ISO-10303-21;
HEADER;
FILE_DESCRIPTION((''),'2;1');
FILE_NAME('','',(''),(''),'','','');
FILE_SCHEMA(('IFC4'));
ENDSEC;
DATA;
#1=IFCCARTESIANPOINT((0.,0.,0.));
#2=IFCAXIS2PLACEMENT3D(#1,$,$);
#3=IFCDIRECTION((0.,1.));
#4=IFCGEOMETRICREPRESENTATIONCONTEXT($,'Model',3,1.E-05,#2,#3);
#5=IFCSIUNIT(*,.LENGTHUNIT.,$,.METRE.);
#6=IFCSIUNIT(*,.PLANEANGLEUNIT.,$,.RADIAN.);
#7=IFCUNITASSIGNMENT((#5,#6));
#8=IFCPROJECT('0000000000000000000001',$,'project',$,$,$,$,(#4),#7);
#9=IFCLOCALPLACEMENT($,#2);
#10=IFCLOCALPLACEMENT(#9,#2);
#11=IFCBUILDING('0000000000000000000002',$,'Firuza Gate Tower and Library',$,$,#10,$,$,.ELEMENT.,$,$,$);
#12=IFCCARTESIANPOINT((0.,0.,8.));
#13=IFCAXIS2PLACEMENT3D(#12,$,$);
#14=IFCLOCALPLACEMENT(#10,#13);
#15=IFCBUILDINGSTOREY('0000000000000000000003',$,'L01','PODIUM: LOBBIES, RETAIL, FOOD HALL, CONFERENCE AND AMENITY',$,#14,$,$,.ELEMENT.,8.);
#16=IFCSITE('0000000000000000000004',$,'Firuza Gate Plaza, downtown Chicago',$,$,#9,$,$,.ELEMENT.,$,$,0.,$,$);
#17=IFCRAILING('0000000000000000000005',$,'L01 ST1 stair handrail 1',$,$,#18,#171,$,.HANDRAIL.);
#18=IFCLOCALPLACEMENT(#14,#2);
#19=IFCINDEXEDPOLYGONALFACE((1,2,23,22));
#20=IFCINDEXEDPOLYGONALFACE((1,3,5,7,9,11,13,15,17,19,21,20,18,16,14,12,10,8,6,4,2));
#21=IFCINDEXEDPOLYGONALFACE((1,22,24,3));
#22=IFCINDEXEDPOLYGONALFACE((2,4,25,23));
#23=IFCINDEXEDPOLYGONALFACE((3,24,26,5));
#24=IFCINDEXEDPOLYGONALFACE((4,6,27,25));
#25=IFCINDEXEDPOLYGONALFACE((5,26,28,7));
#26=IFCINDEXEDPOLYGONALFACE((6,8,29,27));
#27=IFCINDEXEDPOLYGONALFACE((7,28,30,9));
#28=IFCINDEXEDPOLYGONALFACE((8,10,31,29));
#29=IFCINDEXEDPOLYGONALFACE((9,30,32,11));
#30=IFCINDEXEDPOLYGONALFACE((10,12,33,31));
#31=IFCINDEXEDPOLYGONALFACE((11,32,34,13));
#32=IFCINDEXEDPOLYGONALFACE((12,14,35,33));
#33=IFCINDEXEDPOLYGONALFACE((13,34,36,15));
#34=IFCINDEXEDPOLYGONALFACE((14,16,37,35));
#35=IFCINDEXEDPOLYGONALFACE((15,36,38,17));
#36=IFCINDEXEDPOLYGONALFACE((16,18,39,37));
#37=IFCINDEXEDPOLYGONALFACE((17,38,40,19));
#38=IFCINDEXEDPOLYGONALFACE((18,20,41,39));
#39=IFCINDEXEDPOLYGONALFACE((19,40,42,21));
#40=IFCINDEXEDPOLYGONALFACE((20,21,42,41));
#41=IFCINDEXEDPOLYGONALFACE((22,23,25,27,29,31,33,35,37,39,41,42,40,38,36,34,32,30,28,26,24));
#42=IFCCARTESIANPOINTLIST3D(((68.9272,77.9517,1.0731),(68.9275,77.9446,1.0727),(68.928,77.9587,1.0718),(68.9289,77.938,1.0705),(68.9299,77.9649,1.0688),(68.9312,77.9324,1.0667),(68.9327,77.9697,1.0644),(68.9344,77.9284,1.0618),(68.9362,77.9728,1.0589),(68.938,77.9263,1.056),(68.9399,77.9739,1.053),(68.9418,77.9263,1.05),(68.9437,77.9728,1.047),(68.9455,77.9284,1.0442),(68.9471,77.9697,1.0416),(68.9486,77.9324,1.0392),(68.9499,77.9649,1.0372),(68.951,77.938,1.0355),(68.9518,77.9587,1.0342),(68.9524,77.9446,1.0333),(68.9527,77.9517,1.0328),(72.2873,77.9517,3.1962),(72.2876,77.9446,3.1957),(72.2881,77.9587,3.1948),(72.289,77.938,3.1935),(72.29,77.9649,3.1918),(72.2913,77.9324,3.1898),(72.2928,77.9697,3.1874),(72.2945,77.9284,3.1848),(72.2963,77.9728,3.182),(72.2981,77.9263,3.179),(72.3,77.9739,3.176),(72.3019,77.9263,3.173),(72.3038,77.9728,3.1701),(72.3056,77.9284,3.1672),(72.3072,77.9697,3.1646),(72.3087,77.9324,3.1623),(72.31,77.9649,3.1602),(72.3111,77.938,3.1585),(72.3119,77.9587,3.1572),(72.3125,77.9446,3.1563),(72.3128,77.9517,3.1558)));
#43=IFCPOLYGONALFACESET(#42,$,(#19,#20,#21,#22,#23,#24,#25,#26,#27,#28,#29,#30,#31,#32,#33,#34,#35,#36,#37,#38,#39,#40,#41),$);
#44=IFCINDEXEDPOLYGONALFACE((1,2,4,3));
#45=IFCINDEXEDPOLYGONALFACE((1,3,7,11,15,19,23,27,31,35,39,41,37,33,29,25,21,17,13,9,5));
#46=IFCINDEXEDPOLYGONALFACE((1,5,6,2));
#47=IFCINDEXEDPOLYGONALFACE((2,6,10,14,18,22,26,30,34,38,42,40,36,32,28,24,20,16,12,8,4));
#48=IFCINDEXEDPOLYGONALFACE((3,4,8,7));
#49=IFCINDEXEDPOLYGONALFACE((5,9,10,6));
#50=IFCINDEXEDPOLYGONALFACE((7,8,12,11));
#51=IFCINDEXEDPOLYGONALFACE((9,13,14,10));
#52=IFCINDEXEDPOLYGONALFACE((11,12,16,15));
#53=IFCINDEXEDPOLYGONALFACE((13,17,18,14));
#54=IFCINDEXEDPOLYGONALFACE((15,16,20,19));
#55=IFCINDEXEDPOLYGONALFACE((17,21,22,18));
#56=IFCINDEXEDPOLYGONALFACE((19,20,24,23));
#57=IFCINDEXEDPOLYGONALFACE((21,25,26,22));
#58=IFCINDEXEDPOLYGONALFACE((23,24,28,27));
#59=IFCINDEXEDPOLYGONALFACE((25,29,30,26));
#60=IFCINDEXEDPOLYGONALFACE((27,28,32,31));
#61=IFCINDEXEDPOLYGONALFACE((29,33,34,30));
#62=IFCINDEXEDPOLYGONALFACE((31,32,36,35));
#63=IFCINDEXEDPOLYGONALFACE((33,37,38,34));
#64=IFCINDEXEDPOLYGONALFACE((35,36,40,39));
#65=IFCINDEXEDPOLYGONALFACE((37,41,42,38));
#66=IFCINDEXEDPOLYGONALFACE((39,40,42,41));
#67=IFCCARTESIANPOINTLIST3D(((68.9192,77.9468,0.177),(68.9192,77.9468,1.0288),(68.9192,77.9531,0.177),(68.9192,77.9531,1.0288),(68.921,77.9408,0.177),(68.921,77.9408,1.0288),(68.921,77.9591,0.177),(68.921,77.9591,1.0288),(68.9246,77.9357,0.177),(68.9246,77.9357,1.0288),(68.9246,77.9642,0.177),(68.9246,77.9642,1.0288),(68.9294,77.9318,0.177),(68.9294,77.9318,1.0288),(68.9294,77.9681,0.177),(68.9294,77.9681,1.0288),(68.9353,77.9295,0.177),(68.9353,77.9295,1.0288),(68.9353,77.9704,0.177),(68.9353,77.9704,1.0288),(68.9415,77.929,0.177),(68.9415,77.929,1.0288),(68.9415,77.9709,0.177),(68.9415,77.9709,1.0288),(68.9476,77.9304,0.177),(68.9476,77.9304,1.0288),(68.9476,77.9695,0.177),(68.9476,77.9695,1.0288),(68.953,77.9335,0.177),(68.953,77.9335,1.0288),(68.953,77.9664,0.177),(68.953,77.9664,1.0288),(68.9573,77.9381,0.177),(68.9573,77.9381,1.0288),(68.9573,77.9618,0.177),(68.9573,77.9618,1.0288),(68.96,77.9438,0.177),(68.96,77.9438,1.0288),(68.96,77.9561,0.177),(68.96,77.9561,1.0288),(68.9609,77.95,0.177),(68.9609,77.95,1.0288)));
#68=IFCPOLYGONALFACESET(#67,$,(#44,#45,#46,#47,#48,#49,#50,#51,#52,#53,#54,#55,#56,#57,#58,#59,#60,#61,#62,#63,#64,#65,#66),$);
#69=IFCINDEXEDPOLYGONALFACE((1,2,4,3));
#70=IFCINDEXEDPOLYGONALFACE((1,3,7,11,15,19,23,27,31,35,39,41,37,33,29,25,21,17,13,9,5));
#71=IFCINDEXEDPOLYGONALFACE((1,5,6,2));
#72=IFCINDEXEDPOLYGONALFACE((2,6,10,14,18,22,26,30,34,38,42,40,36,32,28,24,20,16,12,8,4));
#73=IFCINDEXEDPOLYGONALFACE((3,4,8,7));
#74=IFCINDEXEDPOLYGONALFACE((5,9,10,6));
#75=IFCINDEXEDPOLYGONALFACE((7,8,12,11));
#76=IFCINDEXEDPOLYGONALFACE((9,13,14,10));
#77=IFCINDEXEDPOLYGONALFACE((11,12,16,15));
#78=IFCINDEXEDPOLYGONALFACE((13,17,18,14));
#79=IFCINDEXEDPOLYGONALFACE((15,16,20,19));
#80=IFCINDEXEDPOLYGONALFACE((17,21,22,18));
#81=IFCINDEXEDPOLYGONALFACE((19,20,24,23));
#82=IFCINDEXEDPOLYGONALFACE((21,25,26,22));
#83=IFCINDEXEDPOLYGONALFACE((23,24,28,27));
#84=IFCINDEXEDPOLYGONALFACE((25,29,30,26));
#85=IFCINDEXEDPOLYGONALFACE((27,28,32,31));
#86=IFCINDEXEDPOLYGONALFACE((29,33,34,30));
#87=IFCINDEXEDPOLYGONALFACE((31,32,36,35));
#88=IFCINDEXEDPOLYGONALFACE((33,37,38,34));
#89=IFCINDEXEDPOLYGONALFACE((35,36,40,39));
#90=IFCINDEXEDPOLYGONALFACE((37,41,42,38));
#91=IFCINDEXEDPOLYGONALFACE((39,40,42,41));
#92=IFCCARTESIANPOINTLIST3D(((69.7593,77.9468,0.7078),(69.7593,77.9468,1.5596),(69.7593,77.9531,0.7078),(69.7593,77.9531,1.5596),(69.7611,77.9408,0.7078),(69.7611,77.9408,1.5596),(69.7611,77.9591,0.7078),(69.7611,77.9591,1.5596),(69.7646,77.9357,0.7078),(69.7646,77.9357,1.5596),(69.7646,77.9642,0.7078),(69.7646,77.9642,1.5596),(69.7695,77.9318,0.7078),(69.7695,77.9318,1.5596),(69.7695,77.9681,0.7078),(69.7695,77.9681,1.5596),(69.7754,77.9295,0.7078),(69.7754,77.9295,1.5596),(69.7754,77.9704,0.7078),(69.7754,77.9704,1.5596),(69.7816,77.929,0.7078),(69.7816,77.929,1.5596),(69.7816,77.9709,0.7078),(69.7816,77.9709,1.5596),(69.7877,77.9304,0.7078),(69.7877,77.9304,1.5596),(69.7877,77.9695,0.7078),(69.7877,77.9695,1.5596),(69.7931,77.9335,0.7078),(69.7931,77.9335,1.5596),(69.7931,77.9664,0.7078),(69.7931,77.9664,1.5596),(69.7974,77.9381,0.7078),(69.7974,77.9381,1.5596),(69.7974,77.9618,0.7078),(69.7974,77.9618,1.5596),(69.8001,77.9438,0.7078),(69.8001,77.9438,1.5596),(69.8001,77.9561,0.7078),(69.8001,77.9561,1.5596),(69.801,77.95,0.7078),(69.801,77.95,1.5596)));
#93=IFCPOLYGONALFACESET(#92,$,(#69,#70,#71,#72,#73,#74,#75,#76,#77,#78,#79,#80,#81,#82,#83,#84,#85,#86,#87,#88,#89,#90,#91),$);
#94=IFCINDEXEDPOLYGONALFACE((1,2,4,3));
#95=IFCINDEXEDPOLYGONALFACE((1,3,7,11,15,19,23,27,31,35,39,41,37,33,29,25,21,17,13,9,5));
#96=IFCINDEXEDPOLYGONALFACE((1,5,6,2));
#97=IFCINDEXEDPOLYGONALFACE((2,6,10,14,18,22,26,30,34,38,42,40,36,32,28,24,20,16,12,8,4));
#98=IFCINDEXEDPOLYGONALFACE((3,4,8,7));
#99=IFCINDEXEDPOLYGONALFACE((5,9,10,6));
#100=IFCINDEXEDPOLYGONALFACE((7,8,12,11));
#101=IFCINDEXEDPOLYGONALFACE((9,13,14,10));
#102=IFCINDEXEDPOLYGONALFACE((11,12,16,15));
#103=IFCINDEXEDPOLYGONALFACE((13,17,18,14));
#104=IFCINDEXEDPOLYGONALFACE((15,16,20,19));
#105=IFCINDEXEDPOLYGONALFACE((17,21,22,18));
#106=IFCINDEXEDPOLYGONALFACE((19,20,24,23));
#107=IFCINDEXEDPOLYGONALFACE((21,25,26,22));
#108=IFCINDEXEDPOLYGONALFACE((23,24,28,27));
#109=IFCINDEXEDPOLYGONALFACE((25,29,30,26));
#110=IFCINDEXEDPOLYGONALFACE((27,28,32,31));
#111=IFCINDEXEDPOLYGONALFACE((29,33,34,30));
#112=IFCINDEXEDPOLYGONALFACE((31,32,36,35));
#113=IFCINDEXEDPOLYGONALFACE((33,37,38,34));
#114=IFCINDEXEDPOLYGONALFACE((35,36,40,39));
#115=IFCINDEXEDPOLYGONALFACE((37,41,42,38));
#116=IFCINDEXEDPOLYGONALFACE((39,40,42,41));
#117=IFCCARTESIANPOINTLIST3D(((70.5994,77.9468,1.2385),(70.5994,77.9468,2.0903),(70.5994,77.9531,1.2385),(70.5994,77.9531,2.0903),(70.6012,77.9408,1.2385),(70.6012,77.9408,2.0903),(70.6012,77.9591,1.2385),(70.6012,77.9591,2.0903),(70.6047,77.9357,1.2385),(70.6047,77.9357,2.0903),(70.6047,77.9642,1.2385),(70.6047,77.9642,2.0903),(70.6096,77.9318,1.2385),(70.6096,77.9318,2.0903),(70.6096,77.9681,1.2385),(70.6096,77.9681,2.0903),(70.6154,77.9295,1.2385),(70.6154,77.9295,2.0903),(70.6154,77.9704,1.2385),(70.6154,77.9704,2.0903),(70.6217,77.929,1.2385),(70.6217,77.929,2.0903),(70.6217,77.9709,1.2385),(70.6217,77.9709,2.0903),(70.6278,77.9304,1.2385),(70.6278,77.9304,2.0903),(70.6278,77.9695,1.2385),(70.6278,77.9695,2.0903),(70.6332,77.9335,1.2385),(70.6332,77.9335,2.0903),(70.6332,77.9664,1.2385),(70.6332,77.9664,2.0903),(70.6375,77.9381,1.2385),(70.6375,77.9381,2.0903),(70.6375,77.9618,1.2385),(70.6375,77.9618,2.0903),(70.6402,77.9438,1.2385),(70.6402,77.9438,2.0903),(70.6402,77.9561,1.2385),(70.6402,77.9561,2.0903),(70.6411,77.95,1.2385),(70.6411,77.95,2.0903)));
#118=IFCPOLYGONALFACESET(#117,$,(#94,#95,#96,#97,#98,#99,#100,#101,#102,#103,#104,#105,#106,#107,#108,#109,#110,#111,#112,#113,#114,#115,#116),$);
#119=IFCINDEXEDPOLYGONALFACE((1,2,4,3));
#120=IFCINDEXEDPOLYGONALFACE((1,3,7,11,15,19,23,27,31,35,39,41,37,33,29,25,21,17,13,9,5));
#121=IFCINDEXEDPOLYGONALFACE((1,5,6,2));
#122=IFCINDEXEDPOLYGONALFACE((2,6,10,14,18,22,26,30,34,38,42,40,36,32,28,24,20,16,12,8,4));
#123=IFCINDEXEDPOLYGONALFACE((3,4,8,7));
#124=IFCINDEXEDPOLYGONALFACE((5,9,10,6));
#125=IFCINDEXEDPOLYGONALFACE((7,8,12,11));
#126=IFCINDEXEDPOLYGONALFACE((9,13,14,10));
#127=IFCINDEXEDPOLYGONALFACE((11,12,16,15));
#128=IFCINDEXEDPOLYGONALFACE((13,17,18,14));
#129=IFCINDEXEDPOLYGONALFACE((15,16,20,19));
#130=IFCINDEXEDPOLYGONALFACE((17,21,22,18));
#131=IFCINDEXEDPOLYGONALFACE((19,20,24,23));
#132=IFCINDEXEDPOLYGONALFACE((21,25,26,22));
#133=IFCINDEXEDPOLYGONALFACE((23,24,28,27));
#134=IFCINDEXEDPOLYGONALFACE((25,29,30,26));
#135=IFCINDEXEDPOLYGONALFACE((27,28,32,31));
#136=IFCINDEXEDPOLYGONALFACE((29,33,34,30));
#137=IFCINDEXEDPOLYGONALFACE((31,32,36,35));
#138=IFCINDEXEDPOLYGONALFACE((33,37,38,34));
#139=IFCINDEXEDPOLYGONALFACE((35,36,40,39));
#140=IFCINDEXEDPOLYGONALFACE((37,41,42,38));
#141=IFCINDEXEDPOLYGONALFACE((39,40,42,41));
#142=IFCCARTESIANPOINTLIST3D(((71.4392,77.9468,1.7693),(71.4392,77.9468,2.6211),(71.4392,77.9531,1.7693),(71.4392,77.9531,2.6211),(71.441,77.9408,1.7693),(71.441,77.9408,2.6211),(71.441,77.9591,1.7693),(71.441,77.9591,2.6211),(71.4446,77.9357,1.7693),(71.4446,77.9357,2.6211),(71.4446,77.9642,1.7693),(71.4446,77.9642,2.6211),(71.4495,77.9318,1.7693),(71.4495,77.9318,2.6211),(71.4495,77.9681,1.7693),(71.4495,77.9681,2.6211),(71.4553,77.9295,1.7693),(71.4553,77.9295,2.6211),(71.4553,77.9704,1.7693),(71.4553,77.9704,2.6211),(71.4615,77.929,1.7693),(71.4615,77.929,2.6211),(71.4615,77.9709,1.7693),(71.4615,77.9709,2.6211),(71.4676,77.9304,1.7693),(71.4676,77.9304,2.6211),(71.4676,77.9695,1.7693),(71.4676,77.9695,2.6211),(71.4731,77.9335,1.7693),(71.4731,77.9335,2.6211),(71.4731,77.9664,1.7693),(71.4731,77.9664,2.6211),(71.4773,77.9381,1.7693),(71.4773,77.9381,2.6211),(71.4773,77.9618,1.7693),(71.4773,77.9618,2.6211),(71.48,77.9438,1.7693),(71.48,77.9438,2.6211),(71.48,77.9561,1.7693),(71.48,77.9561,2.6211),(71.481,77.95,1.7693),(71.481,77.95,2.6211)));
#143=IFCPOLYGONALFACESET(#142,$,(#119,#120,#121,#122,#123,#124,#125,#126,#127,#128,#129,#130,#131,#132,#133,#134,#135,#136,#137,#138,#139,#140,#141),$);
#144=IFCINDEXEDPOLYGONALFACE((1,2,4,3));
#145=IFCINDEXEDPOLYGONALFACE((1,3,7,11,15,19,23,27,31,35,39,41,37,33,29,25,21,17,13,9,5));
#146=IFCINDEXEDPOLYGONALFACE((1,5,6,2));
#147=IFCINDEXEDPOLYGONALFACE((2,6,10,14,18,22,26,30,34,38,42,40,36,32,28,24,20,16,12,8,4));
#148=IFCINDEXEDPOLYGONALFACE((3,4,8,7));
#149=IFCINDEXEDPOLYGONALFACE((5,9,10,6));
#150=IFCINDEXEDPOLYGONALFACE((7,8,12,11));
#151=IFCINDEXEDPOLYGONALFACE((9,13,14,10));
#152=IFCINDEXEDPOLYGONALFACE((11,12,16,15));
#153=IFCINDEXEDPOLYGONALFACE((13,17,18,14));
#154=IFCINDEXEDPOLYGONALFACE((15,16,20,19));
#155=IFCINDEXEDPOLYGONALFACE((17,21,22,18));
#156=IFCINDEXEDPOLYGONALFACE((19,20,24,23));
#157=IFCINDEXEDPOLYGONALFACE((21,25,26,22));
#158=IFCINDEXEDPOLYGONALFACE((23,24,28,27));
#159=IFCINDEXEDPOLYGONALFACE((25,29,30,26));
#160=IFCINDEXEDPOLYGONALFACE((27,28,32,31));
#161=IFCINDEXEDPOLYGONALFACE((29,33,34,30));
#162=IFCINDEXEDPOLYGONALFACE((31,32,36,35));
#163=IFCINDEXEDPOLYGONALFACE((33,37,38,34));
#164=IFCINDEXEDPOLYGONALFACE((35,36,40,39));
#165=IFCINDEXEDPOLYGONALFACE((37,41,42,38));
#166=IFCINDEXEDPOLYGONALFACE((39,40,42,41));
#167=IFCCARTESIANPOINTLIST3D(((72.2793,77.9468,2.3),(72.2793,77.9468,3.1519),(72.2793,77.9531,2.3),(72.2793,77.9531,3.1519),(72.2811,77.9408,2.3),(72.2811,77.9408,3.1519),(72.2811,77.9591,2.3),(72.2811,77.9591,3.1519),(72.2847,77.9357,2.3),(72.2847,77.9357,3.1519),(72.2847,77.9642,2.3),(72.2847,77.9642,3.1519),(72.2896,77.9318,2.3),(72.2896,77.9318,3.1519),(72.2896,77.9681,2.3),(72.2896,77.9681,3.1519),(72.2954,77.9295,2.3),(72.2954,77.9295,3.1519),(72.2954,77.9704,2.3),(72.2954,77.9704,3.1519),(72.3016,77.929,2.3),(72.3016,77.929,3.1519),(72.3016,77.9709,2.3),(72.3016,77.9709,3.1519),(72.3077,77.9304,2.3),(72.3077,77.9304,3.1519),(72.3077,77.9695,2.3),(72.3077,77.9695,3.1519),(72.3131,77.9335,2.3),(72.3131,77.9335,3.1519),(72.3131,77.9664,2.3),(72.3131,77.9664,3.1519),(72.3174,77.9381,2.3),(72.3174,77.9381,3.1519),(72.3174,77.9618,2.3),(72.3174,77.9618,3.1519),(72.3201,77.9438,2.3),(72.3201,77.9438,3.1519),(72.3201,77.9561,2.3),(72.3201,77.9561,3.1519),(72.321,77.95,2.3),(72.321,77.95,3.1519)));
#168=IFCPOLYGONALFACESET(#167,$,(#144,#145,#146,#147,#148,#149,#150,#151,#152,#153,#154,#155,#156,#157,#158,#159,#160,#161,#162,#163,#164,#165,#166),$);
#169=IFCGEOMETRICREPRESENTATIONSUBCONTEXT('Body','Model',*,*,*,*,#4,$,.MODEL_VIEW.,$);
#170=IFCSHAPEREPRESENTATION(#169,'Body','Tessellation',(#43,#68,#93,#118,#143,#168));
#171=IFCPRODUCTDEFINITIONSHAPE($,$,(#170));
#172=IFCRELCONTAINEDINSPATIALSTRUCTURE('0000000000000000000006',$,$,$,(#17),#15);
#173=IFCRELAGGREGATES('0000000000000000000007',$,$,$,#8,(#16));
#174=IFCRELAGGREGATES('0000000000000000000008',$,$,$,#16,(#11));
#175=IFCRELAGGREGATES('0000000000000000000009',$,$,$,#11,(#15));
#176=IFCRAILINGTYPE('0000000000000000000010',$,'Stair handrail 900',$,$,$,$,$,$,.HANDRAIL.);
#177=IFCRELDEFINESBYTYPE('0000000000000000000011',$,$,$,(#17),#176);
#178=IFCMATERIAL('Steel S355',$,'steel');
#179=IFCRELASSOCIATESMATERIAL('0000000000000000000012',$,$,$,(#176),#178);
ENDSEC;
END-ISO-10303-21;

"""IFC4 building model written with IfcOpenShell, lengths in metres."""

from ifc_helpers import new_model, si_unit, direction, frame, origin, origin_2d, place, context, subcontext, project, spatial, circle, extrude, material, type_object, element, save


model = new_model("IFC4")

# Units and contexts
model_context = context("Model", 3, precision=1e-05, world=origin(), true_north=direction((0.0, 1.0)))
body_context = subcontext(model_context, "Body", "Model", "MODEL_VIEW")
ifc_project = project(units=[si_unit("LENGTHUNIT", "METRE"), si_unit("PLANEANGLEUNIT", "RADIAN")], contexts=[model_context])

# Site, building, storey
site_placement = place(None, origin())
site = spatial("IfcSite", under=ifc_project, at=site_placement, Name="Firuza Gate Plaza, downtown Chicago", CompositionType="ELEMENT", RefElevation=0.0)
building_placement = place(site_placement, origin())
building = spatial("IfcBuilding", under=site, at=building_placement, Name="Firuza Gate Tower and Library", CompositionType="ELEMENT")
storey_placement = place(building_placement, frame((0.0, 0.0, 8.0)))
storey = spatial("IfcBuildingStorey", under=building, at=storey_placement, Name="L01", Description="PODIUM: LOBBIES, RETAIL, FOOD HALL, CONFERENCE AND AMENITY", CompositionType="ELEMENT", Elevation=8.0)

# Railing
ifc_material_1 = material(Name="Steel S355", Category="steel")
railing_type = type_object("IfcRailingType", Name="Stair handrail 900", PredefinedType="HANDRAIL", material=ifc_material_1)
railing_1_placement = place(storey_placement, frame((68.9399, 77.95, 0.177)))
element("IfcRailing", 1, at=railing_1_placement, inside=storey, type_object=railing_type, Name="L01 ST1 stair handrail 1", PredefinedType="HANDRAIL", context=body_context, shape_type="SweptSolid", body=[
    extrude(circle(Radius=0.0239, at=origin_2d()), frame((0.0, 0.0, 0.876), z_axis=(0.84539, 0.0, 0.53415), x_axis=(0.0, 1.0, 0.0)), (0.0, 0.0, 1.0), 3.9746),
    extrude(circle(Radius=0.021, at=origin_2d()), origin(), (0.0, 0.0, 1.0), 0.8518),
    extrude(circle(Radius=0.021, at=origin_2d()), frame((0.8401, 0.0, 0.5308)), (0.0, 0.0, 1.0), 0.8518),
    extrude(circle(Radius=0.021, at=origin_2d()), frame((1.6802, 0.0, 1.0615)), (0.0, 0.0, 1.0), 0.8518),
    extrude(circle(Radius=0.021, at=origin_2d()), frame((2.52, 0.0, 1.5923)), (0.0, 0.0, 1.0), 0.8518),
    extrude(circle(Radius=0.021, at=origin_2d()), frame((3.3601, 0.0, 2.123)), (0.0, 0.0, 1.0), 0.8518),
])

save(model, "model.ifc")
